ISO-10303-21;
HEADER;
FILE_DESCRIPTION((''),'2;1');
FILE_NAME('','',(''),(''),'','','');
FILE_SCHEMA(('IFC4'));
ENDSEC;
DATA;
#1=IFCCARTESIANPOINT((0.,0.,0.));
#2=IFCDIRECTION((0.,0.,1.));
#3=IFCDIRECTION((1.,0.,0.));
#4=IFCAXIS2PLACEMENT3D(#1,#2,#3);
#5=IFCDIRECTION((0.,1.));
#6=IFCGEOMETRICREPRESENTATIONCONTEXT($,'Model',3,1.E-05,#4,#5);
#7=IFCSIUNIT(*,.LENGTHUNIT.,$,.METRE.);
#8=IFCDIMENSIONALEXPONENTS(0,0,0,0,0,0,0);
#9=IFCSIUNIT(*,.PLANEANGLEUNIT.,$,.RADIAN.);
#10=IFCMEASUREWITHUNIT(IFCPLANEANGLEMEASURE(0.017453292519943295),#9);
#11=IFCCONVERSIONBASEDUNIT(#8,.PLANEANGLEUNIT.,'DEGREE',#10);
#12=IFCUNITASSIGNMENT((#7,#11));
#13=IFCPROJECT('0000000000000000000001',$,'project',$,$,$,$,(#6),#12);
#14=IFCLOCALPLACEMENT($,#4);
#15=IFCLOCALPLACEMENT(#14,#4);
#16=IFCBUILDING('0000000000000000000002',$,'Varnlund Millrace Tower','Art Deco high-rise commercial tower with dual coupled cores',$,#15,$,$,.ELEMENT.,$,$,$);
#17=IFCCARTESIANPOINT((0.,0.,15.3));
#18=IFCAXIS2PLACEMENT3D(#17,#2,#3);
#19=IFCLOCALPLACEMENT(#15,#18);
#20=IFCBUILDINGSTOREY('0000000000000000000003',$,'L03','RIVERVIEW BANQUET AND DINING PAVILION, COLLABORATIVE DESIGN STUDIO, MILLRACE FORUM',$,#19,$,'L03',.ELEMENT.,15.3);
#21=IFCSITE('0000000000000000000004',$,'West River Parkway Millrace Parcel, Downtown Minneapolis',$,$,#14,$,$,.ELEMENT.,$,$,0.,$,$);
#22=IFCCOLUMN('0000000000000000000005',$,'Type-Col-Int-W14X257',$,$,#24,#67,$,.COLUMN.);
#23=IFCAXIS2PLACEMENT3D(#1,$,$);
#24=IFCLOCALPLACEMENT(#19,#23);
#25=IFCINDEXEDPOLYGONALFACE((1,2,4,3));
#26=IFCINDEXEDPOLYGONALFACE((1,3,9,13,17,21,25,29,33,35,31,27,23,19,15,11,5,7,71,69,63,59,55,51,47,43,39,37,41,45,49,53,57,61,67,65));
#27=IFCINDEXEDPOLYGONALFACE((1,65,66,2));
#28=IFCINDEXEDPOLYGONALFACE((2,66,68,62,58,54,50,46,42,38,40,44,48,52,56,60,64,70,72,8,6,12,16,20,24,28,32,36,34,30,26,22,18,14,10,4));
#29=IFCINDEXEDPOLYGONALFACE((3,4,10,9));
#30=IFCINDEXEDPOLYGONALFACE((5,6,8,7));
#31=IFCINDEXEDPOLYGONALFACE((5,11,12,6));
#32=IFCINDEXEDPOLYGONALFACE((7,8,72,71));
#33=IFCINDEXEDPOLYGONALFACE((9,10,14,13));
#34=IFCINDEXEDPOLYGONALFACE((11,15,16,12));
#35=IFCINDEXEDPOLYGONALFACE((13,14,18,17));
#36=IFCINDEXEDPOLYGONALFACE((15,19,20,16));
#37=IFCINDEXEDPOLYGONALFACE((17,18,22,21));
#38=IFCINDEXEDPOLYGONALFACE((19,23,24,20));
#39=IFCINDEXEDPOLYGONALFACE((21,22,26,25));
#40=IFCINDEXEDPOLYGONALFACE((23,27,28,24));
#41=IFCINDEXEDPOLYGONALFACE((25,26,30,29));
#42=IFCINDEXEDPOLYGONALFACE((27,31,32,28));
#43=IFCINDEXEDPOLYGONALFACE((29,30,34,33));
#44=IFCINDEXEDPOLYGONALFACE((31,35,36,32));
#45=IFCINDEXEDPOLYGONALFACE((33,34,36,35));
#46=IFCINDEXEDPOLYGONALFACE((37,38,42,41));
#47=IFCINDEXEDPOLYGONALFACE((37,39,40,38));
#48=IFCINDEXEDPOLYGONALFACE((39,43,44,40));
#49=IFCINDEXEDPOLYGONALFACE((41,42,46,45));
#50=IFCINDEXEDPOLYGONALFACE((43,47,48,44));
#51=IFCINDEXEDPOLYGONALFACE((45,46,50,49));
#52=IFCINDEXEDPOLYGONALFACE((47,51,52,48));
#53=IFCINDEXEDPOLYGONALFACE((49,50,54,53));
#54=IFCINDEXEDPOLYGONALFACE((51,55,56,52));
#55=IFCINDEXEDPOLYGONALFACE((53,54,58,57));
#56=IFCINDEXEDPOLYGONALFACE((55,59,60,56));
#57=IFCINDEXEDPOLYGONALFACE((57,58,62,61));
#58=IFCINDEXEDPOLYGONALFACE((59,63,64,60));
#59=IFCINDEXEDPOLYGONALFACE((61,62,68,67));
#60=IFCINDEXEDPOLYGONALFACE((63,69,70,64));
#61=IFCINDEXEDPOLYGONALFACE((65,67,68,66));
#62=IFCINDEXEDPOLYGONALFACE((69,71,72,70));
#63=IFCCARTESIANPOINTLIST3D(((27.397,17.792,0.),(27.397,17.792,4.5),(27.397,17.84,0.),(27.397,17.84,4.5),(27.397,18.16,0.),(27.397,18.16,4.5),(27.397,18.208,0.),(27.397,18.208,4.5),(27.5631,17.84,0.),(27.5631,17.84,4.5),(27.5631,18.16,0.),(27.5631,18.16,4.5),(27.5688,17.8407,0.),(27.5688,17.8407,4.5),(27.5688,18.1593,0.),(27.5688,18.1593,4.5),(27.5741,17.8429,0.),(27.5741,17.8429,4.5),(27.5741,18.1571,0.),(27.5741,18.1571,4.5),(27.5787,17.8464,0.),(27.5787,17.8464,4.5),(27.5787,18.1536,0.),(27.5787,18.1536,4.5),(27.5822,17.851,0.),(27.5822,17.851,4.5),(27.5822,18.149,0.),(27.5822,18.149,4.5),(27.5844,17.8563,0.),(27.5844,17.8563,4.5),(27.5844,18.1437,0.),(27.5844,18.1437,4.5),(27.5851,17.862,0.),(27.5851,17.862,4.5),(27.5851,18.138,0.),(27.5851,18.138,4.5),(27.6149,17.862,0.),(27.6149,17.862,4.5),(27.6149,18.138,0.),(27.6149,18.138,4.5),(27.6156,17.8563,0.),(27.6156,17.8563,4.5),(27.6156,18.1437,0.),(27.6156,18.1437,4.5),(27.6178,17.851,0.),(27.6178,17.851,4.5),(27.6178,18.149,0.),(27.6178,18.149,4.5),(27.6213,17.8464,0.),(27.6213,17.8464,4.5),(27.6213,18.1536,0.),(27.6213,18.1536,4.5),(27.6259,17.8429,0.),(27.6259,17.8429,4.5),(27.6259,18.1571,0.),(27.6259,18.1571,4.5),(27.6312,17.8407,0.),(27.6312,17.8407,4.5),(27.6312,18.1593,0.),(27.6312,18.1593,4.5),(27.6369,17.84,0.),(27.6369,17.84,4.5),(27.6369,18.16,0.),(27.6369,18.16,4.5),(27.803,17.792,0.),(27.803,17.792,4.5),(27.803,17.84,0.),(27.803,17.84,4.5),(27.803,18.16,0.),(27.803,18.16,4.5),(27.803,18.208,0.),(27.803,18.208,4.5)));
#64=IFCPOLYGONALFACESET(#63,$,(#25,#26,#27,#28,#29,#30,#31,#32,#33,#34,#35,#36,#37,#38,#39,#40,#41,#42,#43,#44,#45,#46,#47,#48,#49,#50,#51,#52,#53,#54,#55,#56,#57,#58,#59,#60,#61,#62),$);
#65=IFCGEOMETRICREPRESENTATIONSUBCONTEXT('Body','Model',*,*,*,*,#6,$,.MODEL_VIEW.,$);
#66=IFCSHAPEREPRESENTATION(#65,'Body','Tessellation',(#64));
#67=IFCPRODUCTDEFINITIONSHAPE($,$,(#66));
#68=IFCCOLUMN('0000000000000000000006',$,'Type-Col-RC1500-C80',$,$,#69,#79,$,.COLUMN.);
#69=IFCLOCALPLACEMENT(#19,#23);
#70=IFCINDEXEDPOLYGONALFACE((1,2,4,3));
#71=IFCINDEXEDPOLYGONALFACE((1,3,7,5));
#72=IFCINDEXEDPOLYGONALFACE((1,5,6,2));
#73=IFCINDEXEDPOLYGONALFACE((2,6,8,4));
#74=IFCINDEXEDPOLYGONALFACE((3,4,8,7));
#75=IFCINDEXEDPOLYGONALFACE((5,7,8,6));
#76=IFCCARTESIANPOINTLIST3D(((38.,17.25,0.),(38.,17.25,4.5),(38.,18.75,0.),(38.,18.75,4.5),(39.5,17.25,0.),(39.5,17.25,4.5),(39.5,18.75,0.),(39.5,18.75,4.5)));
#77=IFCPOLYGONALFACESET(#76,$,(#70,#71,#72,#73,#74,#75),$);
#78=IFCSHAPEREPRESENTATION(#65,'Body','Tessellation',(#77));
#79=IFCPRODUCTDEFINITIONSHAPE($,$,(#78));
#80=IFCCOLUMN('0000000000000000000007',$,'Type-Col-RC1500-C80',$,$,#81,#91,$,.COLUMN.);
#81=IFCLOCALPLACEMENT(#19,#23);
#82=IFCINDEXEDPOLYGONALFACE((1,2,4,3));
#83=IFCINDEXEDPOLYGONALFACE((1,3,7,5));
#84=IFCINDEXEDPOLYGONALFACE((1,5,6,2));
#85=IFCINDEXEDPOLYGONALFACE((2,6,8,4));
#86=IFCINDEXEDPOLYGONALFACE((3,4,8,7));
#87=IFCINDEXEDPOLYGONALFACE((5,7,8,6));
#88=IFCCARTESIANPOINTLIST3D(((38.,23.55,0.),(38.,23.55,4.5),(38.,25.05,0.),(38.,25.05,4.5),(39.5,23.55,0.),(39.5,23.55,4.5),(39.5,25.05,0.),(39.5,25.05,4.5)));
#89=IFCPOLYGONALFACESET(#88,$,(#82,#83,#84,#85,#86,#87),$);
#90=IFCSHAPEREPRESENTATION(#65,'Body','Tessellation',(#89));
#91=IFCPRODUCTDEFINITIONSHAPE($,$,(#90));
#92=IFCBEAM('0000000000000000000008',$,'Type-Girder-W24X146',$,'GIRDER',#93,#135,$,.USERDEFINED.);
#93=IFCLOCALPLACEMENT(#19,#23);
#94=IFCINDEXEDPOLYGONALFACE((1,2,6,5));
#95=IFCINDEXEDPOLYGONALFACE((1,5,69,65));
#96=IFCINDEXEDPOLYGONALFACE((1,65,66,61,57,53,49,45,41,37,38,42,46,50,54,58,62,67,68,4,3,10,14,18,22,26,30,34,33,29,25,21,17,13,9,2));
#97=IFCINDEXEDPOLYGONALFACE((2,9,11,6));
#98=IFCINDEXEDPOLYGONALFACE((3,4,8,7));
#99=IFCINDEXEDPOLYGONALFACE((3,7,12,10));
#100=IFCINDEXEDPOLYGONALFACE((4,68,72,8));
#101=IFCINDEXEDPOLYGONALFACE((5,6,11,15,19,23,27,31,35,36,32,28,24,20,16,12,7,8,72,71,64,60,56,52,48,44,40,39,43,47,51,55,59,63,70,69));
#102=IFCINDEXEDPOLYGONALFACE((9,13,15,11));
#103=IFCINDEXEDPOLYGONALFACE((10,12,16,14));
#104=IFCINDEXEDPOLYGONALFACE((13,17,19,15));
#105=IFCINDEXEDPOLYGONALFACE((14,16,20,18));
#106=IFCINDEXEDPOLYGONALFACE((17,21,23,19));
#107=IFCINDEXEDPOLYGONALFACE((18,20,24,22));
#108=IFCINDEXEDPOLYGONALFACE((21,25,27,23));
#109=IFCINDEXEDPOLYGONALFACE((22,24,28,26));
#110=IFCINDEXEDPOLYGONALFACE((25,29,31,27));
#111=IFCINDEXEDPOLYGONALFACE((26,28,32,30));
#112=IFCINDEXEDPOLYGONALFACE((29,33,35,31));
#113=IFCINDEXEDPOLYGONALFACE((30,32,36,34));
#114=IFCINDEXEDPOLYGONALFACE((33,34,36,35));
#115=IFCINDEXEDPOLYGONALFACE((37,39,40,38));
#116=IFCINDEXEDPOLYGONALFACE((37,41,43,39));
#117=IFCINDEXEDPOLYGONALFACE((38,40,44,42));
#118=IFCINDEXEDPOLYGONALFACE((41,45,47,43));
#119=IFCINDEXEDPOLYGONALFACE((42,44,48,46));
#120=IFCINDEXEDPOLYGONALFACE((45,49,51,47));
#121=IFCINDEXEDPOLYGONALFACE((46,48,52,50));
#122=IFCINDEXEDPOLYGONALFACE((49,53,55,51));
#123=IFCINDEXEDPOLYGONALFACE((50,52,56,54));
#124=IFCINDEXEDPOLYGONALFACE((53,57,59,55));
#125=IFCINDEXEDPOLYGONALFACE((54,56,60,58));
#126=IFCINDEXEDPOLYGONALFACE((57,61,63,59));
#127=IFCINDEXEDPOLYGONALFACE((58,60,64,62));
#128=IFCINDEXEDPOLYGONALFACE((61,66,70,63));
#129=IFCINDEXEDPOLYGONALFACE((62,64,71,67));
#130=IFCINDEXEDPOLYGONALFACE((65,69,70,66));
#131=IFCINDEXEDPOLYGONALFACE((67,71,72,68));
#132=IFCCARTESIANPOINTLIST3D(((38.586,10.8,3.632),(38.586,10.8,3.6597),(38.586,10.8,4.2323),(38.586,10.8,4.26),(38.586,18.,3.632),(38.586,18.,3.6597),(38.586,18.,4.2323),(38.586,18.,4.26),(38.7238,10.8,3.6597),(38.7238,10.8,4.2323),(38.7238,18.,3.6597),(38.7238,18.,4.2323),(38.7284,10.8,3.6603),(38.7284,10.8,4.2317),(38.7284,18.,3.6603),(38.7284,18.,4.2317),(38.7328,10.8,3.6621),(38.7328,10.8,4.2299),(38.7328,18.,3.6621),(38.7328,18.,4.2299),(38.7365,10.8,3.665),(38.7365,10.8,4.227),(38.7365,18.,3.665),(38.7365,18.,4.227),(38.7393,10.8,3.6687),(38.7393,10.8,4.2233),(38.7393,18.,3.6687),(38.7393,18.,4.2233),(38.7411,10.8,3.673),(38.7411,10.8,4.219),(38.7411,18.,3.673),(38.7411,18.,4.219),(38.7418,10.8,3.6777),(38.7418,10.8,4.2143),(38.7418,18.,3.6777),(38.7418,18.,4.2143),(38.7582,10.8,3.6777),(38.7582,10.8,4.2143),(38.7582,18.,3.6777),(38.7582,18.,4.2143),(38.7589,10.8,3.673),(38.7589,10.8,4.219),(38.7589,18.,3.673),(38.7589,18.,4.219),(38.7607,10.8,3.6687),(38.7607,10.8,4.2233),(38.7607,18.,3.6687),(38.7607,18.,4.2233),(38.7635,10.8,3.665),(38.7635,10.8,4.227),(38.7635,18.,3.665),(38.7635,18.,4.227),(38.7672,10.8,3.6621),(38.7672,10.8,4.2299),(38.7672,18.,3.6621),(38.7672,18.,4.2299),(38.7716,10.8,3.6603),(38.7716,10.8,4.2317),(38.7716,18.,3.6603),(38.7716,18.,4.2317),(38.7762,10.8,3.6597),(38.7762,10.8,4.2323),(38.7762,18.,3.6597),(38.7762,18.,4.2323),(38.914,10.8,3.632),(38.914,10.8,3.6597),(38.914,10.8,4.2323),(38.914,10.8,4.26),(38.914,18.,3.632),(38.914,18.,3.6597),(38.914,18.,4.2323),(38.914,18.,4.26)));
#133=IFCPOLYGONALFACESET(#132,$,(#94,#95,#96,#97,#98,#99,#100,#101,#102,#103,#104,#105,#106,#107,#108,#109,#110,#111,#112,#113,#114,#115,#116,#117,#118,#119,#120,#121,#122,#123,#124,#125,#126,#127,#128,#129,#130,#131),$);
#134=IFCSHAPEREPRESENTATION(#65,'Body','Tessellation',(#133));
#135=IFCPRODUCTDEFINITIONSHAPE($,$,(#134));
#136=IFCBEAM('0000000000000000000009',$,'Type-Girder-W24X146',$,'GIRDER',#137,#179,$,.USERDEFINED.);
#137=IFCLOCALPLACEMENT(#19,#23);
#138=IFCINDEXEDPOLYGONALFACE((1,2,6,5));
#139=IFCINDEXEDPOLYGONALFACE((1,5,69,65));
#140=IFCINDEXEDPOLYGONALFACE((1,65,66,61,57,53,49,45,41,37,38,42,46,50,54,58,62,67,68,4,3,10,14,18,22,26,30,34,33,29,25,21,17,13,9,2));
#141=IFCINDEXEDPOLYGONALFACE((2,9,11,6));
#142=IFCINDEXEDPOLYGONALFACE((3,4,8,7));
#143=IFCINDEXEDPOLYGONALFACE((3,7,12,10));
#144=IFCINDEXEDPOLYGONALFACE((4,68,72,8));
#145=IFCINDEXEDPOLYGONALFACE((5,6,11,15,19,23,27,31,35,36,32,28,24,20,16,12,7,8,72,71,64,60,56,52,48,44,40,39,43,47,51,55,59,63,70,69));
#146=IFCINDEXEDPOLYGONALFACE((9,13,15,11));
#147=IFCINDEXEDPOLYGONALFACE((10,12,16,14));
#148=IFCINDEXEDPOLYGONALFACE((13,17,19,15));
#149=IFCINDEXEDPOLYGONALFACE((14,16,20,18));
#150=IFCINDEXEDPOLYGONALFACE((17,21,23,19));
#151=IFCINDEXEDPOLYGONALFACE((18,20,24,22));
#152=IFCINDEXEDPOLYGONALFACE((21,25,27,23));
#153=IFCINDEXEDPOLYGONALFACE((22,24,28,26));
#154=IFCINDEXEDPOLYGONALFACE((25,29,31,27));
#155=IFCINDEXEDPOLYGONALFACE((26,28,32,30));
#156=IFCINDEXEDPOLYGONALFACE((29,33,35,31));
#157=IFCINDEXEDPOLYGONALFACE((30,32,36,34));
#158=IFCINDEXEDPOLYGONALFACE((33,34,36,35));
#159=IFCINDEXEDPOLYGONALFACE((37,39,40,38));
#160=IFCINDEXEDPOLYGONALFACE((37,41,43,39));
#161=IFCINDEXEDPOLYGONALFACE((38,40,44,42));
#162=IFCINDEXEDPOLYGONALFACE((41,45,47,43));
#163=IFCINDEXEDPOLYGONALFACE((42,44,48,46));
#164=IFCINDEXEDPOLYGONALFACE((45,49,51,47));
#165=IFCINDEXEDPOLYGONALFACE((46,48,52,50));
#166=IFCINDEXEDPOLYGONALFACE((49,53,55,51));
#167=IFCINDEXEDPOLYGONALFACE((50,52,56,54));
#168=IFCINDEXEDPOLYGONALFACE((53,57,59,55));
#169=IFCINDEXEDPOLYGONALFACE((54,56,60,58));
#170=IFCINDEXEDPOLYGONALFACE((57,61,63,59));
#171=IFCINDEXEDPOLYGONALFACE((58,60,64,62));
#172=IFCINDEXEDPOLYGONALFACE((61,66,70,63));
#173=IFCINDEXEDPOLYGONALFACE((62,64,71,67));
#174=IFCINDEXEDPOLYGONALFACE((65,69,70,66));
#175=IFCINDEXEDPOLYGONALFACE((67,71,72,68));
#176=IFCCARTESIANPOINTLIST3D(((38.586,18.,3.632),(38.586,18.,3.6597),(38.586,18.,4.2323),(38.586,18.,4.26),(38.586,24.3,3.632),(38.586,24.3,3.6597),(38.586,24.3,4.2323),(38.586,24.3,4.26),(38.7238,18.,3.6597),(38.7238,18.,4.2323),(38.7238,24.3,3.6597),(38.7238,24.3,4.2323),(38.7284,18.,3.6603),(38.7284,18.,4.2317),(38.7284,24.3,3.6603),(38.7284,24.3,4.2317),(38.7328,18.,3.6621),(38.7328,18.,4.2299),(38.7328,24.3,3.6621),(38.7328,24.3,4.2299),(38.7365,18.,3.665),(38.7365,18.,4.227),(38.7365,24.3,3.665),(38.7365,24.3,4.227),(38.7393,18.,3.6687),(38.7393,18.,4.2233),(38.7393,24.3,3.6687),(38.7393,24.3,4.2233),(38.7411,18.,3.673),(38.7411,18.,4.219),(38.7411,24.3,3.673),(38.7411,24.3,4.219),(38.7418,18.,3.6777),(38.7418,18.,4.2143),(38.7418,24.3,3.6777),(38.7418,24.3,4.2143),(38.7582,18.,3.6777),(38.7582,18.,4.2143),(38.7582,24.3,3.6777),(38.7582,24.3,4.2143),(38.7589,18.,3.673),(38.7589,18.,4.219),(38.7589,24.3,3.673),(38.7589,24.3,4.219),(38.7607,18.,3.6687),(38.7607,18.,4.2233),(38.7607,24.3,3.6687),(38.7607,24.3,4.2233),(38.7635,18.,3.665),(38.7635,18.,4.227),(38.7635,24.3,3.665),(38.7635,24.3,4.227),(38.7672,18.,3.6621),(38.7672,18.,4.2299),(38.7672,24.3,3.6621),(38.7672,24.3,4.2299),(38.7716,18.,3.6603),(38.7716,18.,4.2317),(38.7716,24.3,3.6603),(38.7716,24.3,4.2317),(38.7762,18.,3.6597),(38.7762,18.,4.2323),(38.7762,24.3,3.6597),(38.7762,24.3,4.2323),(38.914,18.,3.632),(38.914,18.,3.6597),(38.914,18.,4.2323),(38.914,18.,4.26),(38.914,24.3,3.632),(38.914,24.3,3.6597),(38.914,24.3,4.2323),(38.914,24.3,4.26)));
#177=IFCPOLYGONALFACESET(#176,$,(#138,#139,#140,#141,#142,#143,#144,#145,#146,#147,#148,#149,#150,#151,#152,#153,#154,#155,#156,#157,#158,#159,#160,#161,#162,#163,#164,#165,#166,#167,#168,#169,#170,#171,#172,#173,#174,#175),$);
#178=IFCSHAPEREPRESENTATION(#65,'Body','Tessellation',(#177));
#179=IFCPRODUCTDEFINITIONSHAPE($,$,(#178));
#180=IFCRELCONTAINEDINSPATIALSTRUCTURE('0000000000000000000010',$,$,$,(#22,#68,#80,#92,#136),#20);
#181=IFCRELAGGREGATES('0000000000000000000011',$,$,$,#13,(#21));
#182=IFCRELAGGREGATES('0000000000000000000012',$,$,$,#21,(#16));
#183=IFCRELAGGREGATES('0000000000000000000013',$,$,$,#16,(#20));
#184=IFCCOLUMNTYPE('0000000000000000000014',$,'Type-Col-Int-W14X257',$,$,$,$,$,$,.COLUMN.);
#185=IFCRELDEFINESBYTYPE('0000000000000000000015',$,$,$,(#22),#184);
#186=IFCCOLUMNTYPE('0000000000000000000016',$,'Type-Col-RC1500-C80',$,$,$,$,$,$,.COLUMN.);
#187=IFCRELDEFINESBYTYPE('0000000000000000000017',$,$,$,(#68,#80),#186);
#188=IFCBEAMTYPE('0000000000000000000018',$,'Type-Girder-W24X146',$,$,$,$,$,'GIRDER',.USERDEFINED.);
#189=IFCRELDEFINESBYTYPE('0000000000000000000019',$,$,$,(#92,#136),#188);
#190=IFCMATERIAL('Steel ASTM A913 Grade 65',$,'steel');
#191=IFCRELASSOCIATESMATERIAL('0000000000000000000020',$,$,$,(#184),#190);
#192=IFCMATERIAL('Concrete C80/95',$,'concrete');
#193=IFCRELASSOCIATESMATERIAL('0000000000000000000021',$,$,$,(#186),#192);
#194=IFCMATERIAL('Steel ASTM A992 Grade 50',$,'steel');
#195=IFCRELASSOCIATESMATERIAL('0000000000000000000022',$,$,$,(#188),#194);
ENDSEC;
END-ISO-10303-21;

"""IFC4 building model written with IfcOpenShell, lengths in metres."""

from ifc_helpers import new_model, entity, si_unit, converted_unit, direction, frame, origin_with_axes, origin_2d_with_axis, place, context, subcontext, project, spatial, rectangle, i_section, extrude, material, material_profile, profile_set, type_object, element, save


model = new_model("IFC4")

# Units and contexts
model_context = context("Model", 3, precision=1e-05, world=origin_with_axes(), true_north=direction((0.0, 1.0)))
body_context = subcontext(model_context, "Body", "Model", "MODEL_VIEW")
ifc_project = project(units=[si_unit("LENGTHUNIT", "METRE"), converted_unit("PLANEANGLEUNIT", "DEGREE", entity("IfcPlaneAngleMeasure", 0.017453292519943295), si_unit("PLANEANGLEUNIT", "RADIAN"), dimensions=[0, 0, 0, 0, 0, 0, 0])], contexts=[model_context])

# Site, building, storey
site_placement = place(None, origin_with_axes())
site = spatial("IfcSite", under=ifc_project, at=site_placement, Name="West River Parkway Millrace Parcel, Downtown Minneapolis", CompositionType="ELEMENT", RefElevation=0.0)
building_placement = place(site_placement, origin_with_axes())
building = spatial("IfcBuilding", under=site, at=building_placement, Name="Varnlund Millrace Tower", Description="Art Deco high-rise commercial tower with dual coupled cores", CompositionType="ELEMENT")
storey_placement = place(building_placement, frame((0.0, 0.0, 15.3), z_axis=(0.0, 0.0, 1.0), x_axis=(1.0, 0.0, 0.0)))
storey = spatial("IfcBuildingStorey", under=building, at=storey_placement, Name="L03", Description="RIVERVIEW BANQUET AND DINING PAVILION, COLLABORATIVE DESIGN STUDIO, MILLRACE FORUM", LongName="L03", CompositionType="ELEMENT", Elevation=15.3)

# Columns
ifc_material_1 = material(Name="Steel ASTM A913 Grade 65", Category="steel")
ifc_material_profile_1 = material_profile(ifc_material_1, i_section(OverallWidth=0.406, OverallDepth=0.416, WebThickness=0.0298, FlangeThickness=0.048, FilletRadius=0.022, at=origin_2d_with_axis()), Name="Steel ASTM A913 Grade 65")
ifc_profile_set_1 = profile_set([ifc_material_profile_1], Name="Steel ASTM A913 Grade 65")
column_type_1 = type_object("IfcColumnType", Name="Type-Col-Int-W14X257", PredefinedType="COLUMN", material=ifc_profile_set_1)
column_placement = place(storey_placement, frame((27.6, 18.0, 0.0), z_axis=(0.0, 0.0, 1.0), x_axis=(1.0, 0.0, 0.0)))
element("IfcColumn", 1, at=column_placement, inside=storey, type_object=column_type_1, Name="Type-Col-Int-W14X257", PredefinedType="COLUMN", context=body_context, shape_type="SweptSolid", body=[
    extrude(i_section(OverallWidth=0.406, OverallDepth=0.416, WebThickness=0.0298, FlangeThickness=0.048, FilletRadius=0.022, at=origin_2d_with_axis()), origin_with_axes(), (0.0, 0.0, 1.0), 4.5),
])
ifc_material_2 = material(Name="Concrete C80/95", Category="concrete")
ifc_material_profile_2 = material_profile(ifc_material_2, rectangle(XDim=1.5, YDim=1.5, at=origin_2d_with_axis()), Name="Concrete C80/95")
ifc_profile_set_2 = profile_set([ifc_material_profile_2], Name="Concrete C80/95")
column_type_2 = type_object("IfcColumnType", Name="Type-Col-RC1500-C80", PredefinedType="COLUMN", material=ifc_profile_set_2)
for number, where, z_axis, x_axis, name in (
    (2, (38.75, 18.0, 0.0), (0.0, 0.0, 1.0), (1.0, 0.0, 0.0), "Type-Col-RC1500-C80"),
    (3, (38.75, 24.3, 0.0), (0.0, 0.0, 1.0), (1.0, 0.0, 0.0), "Type-Col-RC1500-C80"),
):
    element("IfcColumn", number, at=place(storey_placement, frame(where, z_axis=z_axis, x_axis=x_axis)), inside=storey, type_object=column_type_2, Name=name, PredefinedType="COLUMN", context=body_context, shape_type="SweptSolid", body=[
        extrude(rectangle(XDim=1.5, YDim=1.5, at=origin_2d_with_axis()), origin_with_axes(), (0.0, 0.0, 1.0), 4.5),
    ])

# Beams
ifc_material_3 = material(Name="Steel ASTM A992 Grade 50", Category="steel")
ifc_material_profile_3 = material_profile(ifc_material_3, i_section(OverallWidth=0.328, OverallDepth=0.628, WebThickness=0.0165, FlangeThickness=0.0277, FilletRadius=0.018, at=origin_2d_with_axis()), Name="Steel ASTM A992 Grade 50")
ifc_profile_set_3 = profile_set([ifc_material_profile_3], Name="Steel ASTM A992 Grade 50")
beam_type_1 = type_object("IfcBeamType", Name="Type-Girder-W24X146", ElementType="GIRDER", PredefinedType="USERDEFINED", material=ifc_profile_set_3)
beam_1_placement = place(storey_placement, frame((38.75, 10.8, 3.946), z_axis=(0.0, 1.0, 0.0), x_axis=(-1.0, 0.0, 0.0)))
element("IfcBeam", 4, at=beam_1_placement, inside=storey, type_object=beam_type_1, Name="Type-Girder-W24X146", ObjectType="GIRDER", PredefinedType="USERDEFINED", context=body_context, shape_type="SweptSolid", body=[
    extrude(i_section(OverallWidth=0.328, OverallDepth=0.628, WebThickness=0.0165, FlangeThickness=0.0277, FilletRadius=0.018, at=origin_2d_with_axis()), origin_with_axes(), (0.0, 0.0, 1.0), 7.2),
])
beam_2_placement = place(storey_placement, frame((38.75, 18.0, 3.946), z_axis=(0.0, 1.0, 0.0), x_axis=(-1.0, 0.0, 0.0)))
element("IfcBeam", 5, at=beam_2_placement, inside=storey, type_object=beam_type_1, Name="Type-Girder-W24X146", ObjectType="GIRDER", PredefinedType="USERDEFINED", context=body_context, shape_type="SweptSolid", body=[
    extrude(i_section(OverallWidth=0.328, OverallDepth=0.628, WebThickness=0.0165, FlangeThickness=0.0277, FilletRadius=0.018, at=origin_2d_with_axis()), origin_with_axes(), (0.0, 0.0, 1.0), 6.3),
])

save(model, "model.ifc")
